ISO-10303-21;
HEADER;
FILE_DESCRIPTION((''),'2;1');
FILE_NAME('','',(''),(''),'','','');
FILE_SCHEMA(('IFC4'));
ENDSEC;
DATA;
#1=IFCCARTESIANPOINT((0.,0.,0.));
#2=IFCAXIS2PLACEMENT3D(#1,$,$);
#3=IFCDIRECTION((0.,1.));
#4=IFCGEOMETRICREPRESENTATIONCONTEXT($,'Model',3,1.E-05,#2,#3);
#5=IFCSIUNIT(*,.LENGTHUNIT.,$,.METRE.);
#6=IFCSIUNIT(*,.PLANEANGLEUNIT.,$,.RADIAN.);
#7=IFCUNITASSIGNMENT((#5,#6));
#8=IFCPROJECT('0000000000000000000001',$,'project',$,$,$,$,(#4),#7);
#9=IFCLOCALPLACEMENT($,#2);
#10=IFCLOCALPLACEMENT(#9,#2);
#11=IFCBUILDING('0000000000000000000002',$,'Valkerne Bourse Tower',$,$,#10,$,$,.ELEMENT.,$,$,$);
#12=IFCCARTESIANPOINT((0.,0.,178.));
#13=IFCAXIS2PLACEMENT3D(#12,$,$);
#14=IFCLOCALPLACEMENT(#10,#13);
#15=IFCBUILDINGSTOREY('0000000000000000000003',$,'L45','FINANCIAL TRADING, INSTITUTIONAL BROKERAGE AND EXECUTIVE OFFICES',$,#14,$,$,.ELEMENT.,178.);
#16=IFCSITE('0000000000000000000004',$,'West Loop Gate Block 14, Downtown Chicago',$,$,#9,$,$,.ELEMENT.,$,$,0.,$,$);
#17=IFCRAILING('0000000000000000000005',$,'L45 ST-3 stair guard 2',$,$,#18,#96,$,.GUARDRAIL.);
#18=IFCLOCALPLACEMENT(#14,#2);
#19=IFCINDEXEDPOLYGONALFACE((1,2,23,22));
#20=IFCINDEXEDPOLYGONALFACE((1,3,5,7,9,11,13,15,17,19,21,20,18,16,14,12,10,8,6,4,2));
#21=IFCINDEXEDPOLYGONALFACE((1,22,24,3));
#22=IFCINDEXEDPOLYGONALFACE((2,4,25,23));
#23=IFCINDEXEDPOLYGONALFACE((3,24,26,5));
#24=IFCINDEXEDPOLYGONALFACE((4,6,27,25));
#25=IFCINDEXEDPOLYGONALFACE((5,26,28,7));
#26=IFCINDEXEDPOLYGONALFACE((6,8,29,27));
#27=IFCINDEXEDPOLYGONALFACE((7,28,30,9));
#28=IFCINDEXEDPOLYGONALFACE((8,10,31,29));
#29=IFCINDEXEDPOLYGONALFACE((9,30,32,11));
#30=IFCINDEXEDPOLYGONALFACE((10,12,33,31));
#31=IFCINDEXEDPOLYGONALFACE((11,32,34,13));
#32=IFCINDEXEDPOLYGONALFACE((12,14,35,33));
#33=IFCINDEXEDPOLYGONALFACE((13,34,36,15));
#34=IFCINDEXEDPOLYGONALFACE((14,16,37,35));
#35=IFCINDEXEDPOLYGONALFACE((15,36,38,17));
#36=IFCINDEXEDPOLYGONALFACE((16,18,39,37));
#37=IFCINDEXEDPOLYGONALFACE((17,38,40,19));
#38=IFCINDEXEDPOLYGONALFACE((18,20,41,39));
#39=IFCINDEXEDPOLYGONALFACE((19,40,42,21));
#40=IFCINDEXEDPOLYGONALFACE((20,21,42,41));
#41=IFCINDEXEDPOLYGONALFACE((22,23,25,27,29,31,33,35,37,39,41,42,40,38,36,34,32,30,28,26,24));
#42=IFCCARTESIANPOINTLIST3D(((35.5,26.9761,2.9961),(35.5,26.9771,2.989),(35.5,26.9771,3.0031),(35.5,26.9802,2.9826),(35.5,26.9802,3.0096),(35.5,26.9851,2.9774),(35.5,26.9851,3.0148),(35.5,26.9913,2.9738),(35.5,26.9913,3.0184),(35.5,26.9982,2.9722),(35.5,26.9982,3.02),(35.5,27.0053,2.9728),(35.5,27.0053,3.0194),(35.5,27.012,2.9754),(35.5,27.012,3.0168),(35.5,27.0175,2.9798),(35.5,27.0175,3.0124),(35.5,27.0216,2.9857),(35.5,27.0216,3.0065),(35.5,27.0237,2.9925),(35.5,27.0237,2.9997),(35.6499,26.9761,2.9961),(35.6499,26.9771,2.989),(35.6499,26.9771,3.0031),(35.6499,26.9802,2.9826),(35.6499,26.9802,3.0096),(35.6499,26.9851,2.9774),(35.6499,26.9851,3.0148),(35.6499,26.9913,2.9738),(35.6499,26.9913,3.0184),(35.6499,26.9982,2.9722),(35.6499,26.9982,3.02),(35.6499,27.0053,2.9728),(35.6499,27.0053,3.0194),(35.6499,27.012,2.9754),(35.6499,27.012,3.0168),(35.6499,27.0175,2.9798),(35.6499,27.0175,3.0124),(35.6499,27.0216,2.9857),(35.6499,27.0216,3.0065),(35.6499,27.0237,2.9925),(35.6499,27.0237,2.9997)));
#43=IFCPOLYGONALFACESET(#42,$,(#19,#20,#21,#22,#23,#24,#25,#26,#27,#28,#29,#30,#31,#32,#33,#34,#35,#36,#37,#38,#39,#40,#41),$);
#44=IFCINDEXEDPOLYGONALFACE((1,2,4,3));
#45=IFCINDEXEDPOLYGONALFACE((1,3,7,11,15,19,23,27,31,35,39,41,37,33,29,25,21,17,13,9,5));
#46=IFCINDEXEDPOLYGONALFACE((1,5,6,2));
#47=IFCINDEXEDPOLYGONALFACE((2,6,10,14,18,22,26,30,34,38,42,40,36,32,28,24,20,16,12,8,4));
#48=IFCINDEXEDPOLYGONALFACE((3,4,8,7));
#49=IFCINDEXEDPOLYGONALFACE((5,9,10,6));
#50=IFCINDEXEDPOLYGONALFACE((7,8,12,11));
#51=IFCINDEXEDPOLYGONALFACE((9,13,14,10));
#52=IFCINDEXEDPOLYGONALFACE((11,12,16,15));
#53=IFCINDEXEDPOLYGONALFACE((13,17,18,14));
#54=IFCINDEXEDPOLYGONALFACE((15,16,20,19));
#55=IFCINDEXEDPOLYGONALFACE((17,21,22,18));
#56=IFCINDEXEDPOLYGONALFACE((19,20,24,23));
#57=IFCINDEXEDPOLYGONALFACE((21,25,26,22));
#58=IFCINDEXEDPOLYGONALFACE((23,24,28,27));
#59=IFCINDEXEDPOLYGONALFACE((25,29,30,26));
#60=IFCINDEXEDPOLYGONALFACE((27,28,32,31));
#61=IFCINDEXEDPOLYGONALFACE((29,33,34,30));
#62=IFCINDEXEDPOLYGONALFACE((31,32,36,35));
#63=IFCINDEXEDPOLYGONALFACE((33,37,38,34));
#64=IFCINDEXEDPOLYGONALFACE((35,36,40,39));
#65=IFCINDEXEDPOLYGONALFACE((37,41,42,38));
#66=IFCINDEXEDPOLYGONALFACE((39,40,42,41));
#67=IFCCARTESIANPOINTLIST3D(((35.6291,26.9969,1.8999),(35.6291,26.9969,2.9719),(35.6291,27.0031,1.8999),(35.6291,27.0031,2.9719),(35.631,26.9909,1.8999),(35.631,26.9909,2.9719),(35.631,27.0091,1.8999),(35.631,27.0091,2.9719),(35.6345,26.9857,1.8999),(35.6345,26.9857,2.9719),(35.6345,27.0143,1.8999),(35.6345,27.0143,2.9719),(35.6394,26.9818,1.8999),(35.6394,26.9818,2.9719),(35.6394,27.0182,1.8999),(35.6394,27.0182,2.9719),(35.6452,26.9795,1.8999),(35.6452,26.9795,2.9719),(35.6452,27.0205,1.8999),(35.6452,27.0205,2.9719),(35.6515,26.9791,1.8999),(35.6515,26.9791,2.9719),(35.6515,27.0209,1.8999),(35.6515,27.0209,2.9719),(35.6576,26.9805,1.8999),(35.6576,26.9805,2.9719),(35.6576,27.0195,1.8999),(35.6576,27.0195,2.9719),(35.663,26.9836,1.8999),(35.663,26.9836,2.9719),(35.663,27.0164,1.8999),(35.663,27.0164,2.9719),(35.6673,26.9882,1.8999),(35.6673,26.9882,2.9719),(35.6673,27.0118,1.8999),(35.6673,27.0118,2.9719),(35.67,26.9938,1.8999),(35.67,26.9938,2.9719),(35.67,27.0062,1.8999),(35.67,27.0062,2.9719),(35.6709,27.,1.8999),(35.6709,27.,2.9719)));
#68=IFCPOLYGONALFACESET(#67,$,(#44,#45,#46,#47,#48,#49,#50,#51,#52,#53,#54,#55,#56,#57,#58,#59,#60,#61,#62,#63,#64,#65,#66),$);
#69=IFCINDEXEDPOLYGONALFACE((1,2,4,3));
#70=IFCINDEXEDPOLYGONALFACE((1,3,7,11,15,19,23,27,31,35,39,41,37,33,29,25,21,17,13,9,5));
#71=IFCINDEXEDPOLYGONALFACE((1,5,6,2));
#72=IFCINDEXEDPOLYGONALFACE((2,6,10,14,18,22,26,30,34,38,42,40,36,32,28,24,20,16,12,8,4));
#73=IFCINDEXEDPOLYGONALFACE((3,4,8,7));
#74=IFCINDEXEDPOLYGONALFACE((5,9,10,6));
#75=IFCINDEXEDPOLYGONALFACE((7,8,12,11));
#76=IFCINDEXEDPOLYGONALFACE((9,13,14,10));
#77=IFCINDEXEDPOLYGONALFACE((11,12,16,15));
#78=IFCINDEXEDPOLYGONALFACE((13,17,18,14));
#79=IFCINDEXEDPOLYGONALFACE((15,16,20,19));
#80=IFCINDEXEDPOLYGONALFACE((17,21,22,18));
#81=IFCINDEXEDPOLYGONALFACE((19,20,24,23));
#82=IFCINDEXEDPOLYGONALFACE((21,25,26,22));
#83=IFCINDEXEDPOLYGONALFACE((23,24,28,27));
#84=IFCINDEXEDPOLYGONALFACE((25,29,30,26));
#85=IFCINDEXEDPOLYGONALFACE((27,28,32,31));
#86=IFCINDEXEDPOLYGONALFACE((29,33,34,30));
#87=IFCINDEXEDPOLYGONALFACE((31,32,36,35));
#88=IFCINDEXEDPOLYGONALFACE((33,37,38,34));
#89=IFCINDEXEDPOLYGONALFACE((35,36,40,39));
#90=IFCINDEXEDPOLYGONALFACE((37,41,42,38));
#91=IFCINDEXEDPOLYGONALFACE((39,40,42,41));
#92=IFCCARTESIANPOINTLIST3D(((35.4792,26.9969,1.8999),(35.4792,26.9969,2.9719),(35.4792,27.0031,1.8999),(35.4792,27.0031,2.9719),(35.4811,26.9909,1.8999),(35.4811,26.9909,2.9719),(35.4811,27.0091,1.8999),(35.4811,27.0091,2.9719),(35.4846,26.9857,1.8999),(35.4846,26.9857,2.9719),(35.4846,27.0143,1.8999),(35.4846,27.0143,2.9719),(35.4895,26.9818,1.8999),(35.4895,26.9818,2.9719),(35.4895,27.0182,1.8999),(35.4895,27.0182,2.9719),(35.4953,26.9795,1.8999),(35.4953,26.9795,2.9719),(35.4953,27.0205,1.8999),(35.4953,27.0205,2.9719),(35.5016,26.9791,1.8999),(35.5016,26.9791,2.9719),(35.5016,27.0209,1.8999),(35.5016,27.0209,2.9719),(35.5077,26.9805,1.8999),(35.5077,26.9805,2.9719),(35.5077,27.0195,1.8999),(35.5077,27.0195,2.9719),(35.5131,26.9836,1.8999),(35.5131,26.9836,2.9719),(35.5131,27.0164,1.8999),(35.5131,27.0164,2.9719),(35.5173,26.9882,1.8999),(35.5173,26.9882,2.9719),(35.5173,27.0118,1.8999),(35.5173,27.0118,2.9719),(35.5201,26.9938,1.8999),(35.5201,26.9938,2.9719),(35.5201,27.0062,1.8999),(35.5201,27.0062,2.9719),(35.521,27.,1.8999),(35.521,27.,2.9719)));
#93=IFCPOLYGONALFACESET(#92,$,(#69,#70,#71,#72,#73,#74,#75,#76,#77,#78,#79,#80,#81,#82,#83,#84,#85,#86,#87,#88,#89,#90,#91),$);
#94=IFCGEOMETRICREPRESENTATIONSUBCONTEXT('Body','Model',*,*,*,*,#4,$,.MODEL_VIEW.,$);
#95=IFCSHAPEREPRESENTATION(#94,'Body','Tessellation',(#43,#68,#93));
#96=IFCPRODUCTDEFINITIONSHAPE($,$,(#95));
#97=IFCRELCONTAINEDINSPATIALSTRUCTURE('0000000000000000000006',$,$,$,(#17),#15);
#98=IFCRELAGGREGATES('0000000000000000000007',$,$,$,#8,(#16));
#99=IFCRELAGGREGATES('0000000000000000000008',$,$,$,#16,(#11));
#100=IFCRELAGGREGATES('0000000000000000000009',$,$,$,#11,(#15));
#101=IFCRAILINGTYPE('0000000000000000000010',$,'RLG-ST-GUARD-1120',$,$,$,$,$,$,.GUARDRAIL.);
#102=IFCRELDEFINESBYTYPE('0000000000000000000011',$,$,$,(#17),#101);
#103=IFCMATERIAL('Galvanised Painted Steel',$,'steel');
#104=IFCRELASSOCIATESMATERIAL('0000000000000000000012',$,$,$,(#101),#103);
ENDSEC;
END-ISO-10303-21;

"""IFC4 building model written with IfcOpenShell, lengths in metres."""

from ifc_helpers import new_model, si_unit, direction, frame, origin, origin_2d, place, context, subcontext, project, spatial, circle, extrude, material, type_object, element, save


model = new_model("IFC4")

# Units and contexts
model_context = context("Model", 3, precision=1e-05, world=origin(), true_north=direction((0.0, 1.0)))
body_context = subcontext(model_context, "Body", "Model", "MODEL_VIEW")
ifc_project = project(units=[si_unit("LENGTHUNIT", "METRE"), si_unit("PLANEANGLEUNIT", "RADIAN")], contexts=[model_context])

# Site, building, storey
site_placement = place(None, origin())
site = spatial("IfcSite", under=ifc_project, at=site_placement, Name="West Loop Gate Block 14, Downtown Chicago", CompositionType="ELEMENT", RefElevation=0.0)
building_placement = place(site_placement, origin())
building = spatial("IfcBuilding", under=site, at=building_placement, Name="Valkerne Bourse Tower", CompositionType="ELEMENT")
storey_placement = place(building_placement, frame((0.0, 0.0, 178.0)))
storey = spatial("IfcBuildingStorey", under=building, at=storey_placement, Name="L45", Description="FINANCIAL TRADING, INSTITUTIONAL BROKERAGE AND EXECUTIVE OFFICES", CompositionType="ELEMENT", Elevation=178.0)

# Railing
ifc_material_1 = material(Name="Galvanised Painted Steel", Category="steel")
railing_type_1 = type_object("IfcRailingType", Name="RLG-ST-GUARD-1120", PredefinedType="GUARDRAIL", material=ifc_material_1)
railing_1_placement = place(storey_placement, frame((35.6499, 27.0, 1.8999)))
element("IfcRailing", 1, at=railing_1_placement, inside=storey, type_object=railing_type_1, Name="L45 ST-3 stair guard 2", PredefinedType="GUARDRAIL", context=body_context, shape_type="SweptSolid", body=[
    extrude(circle(Radius=0.0239, at=origin_2d()), frame((0.0, 0.0, 1.0962), z_axis=(-1.0, 0.0, 0.0), x_axis=(0.0, -1.0, 0.0)), (0.0, 0.0, 1.0), 0.1499),
    extrude(circle(Radius=0.021, at=origin_2d()), origin(), (0.0, 0.0, 1.0), 1.072),
    extrude(circle(Radius=0.021, at=origin_2d()), frame((-0.1499, 0.0, 0.0)), (0.0, 0.0, 1.0), 1.072),
])

save(model, "model.ifc")
